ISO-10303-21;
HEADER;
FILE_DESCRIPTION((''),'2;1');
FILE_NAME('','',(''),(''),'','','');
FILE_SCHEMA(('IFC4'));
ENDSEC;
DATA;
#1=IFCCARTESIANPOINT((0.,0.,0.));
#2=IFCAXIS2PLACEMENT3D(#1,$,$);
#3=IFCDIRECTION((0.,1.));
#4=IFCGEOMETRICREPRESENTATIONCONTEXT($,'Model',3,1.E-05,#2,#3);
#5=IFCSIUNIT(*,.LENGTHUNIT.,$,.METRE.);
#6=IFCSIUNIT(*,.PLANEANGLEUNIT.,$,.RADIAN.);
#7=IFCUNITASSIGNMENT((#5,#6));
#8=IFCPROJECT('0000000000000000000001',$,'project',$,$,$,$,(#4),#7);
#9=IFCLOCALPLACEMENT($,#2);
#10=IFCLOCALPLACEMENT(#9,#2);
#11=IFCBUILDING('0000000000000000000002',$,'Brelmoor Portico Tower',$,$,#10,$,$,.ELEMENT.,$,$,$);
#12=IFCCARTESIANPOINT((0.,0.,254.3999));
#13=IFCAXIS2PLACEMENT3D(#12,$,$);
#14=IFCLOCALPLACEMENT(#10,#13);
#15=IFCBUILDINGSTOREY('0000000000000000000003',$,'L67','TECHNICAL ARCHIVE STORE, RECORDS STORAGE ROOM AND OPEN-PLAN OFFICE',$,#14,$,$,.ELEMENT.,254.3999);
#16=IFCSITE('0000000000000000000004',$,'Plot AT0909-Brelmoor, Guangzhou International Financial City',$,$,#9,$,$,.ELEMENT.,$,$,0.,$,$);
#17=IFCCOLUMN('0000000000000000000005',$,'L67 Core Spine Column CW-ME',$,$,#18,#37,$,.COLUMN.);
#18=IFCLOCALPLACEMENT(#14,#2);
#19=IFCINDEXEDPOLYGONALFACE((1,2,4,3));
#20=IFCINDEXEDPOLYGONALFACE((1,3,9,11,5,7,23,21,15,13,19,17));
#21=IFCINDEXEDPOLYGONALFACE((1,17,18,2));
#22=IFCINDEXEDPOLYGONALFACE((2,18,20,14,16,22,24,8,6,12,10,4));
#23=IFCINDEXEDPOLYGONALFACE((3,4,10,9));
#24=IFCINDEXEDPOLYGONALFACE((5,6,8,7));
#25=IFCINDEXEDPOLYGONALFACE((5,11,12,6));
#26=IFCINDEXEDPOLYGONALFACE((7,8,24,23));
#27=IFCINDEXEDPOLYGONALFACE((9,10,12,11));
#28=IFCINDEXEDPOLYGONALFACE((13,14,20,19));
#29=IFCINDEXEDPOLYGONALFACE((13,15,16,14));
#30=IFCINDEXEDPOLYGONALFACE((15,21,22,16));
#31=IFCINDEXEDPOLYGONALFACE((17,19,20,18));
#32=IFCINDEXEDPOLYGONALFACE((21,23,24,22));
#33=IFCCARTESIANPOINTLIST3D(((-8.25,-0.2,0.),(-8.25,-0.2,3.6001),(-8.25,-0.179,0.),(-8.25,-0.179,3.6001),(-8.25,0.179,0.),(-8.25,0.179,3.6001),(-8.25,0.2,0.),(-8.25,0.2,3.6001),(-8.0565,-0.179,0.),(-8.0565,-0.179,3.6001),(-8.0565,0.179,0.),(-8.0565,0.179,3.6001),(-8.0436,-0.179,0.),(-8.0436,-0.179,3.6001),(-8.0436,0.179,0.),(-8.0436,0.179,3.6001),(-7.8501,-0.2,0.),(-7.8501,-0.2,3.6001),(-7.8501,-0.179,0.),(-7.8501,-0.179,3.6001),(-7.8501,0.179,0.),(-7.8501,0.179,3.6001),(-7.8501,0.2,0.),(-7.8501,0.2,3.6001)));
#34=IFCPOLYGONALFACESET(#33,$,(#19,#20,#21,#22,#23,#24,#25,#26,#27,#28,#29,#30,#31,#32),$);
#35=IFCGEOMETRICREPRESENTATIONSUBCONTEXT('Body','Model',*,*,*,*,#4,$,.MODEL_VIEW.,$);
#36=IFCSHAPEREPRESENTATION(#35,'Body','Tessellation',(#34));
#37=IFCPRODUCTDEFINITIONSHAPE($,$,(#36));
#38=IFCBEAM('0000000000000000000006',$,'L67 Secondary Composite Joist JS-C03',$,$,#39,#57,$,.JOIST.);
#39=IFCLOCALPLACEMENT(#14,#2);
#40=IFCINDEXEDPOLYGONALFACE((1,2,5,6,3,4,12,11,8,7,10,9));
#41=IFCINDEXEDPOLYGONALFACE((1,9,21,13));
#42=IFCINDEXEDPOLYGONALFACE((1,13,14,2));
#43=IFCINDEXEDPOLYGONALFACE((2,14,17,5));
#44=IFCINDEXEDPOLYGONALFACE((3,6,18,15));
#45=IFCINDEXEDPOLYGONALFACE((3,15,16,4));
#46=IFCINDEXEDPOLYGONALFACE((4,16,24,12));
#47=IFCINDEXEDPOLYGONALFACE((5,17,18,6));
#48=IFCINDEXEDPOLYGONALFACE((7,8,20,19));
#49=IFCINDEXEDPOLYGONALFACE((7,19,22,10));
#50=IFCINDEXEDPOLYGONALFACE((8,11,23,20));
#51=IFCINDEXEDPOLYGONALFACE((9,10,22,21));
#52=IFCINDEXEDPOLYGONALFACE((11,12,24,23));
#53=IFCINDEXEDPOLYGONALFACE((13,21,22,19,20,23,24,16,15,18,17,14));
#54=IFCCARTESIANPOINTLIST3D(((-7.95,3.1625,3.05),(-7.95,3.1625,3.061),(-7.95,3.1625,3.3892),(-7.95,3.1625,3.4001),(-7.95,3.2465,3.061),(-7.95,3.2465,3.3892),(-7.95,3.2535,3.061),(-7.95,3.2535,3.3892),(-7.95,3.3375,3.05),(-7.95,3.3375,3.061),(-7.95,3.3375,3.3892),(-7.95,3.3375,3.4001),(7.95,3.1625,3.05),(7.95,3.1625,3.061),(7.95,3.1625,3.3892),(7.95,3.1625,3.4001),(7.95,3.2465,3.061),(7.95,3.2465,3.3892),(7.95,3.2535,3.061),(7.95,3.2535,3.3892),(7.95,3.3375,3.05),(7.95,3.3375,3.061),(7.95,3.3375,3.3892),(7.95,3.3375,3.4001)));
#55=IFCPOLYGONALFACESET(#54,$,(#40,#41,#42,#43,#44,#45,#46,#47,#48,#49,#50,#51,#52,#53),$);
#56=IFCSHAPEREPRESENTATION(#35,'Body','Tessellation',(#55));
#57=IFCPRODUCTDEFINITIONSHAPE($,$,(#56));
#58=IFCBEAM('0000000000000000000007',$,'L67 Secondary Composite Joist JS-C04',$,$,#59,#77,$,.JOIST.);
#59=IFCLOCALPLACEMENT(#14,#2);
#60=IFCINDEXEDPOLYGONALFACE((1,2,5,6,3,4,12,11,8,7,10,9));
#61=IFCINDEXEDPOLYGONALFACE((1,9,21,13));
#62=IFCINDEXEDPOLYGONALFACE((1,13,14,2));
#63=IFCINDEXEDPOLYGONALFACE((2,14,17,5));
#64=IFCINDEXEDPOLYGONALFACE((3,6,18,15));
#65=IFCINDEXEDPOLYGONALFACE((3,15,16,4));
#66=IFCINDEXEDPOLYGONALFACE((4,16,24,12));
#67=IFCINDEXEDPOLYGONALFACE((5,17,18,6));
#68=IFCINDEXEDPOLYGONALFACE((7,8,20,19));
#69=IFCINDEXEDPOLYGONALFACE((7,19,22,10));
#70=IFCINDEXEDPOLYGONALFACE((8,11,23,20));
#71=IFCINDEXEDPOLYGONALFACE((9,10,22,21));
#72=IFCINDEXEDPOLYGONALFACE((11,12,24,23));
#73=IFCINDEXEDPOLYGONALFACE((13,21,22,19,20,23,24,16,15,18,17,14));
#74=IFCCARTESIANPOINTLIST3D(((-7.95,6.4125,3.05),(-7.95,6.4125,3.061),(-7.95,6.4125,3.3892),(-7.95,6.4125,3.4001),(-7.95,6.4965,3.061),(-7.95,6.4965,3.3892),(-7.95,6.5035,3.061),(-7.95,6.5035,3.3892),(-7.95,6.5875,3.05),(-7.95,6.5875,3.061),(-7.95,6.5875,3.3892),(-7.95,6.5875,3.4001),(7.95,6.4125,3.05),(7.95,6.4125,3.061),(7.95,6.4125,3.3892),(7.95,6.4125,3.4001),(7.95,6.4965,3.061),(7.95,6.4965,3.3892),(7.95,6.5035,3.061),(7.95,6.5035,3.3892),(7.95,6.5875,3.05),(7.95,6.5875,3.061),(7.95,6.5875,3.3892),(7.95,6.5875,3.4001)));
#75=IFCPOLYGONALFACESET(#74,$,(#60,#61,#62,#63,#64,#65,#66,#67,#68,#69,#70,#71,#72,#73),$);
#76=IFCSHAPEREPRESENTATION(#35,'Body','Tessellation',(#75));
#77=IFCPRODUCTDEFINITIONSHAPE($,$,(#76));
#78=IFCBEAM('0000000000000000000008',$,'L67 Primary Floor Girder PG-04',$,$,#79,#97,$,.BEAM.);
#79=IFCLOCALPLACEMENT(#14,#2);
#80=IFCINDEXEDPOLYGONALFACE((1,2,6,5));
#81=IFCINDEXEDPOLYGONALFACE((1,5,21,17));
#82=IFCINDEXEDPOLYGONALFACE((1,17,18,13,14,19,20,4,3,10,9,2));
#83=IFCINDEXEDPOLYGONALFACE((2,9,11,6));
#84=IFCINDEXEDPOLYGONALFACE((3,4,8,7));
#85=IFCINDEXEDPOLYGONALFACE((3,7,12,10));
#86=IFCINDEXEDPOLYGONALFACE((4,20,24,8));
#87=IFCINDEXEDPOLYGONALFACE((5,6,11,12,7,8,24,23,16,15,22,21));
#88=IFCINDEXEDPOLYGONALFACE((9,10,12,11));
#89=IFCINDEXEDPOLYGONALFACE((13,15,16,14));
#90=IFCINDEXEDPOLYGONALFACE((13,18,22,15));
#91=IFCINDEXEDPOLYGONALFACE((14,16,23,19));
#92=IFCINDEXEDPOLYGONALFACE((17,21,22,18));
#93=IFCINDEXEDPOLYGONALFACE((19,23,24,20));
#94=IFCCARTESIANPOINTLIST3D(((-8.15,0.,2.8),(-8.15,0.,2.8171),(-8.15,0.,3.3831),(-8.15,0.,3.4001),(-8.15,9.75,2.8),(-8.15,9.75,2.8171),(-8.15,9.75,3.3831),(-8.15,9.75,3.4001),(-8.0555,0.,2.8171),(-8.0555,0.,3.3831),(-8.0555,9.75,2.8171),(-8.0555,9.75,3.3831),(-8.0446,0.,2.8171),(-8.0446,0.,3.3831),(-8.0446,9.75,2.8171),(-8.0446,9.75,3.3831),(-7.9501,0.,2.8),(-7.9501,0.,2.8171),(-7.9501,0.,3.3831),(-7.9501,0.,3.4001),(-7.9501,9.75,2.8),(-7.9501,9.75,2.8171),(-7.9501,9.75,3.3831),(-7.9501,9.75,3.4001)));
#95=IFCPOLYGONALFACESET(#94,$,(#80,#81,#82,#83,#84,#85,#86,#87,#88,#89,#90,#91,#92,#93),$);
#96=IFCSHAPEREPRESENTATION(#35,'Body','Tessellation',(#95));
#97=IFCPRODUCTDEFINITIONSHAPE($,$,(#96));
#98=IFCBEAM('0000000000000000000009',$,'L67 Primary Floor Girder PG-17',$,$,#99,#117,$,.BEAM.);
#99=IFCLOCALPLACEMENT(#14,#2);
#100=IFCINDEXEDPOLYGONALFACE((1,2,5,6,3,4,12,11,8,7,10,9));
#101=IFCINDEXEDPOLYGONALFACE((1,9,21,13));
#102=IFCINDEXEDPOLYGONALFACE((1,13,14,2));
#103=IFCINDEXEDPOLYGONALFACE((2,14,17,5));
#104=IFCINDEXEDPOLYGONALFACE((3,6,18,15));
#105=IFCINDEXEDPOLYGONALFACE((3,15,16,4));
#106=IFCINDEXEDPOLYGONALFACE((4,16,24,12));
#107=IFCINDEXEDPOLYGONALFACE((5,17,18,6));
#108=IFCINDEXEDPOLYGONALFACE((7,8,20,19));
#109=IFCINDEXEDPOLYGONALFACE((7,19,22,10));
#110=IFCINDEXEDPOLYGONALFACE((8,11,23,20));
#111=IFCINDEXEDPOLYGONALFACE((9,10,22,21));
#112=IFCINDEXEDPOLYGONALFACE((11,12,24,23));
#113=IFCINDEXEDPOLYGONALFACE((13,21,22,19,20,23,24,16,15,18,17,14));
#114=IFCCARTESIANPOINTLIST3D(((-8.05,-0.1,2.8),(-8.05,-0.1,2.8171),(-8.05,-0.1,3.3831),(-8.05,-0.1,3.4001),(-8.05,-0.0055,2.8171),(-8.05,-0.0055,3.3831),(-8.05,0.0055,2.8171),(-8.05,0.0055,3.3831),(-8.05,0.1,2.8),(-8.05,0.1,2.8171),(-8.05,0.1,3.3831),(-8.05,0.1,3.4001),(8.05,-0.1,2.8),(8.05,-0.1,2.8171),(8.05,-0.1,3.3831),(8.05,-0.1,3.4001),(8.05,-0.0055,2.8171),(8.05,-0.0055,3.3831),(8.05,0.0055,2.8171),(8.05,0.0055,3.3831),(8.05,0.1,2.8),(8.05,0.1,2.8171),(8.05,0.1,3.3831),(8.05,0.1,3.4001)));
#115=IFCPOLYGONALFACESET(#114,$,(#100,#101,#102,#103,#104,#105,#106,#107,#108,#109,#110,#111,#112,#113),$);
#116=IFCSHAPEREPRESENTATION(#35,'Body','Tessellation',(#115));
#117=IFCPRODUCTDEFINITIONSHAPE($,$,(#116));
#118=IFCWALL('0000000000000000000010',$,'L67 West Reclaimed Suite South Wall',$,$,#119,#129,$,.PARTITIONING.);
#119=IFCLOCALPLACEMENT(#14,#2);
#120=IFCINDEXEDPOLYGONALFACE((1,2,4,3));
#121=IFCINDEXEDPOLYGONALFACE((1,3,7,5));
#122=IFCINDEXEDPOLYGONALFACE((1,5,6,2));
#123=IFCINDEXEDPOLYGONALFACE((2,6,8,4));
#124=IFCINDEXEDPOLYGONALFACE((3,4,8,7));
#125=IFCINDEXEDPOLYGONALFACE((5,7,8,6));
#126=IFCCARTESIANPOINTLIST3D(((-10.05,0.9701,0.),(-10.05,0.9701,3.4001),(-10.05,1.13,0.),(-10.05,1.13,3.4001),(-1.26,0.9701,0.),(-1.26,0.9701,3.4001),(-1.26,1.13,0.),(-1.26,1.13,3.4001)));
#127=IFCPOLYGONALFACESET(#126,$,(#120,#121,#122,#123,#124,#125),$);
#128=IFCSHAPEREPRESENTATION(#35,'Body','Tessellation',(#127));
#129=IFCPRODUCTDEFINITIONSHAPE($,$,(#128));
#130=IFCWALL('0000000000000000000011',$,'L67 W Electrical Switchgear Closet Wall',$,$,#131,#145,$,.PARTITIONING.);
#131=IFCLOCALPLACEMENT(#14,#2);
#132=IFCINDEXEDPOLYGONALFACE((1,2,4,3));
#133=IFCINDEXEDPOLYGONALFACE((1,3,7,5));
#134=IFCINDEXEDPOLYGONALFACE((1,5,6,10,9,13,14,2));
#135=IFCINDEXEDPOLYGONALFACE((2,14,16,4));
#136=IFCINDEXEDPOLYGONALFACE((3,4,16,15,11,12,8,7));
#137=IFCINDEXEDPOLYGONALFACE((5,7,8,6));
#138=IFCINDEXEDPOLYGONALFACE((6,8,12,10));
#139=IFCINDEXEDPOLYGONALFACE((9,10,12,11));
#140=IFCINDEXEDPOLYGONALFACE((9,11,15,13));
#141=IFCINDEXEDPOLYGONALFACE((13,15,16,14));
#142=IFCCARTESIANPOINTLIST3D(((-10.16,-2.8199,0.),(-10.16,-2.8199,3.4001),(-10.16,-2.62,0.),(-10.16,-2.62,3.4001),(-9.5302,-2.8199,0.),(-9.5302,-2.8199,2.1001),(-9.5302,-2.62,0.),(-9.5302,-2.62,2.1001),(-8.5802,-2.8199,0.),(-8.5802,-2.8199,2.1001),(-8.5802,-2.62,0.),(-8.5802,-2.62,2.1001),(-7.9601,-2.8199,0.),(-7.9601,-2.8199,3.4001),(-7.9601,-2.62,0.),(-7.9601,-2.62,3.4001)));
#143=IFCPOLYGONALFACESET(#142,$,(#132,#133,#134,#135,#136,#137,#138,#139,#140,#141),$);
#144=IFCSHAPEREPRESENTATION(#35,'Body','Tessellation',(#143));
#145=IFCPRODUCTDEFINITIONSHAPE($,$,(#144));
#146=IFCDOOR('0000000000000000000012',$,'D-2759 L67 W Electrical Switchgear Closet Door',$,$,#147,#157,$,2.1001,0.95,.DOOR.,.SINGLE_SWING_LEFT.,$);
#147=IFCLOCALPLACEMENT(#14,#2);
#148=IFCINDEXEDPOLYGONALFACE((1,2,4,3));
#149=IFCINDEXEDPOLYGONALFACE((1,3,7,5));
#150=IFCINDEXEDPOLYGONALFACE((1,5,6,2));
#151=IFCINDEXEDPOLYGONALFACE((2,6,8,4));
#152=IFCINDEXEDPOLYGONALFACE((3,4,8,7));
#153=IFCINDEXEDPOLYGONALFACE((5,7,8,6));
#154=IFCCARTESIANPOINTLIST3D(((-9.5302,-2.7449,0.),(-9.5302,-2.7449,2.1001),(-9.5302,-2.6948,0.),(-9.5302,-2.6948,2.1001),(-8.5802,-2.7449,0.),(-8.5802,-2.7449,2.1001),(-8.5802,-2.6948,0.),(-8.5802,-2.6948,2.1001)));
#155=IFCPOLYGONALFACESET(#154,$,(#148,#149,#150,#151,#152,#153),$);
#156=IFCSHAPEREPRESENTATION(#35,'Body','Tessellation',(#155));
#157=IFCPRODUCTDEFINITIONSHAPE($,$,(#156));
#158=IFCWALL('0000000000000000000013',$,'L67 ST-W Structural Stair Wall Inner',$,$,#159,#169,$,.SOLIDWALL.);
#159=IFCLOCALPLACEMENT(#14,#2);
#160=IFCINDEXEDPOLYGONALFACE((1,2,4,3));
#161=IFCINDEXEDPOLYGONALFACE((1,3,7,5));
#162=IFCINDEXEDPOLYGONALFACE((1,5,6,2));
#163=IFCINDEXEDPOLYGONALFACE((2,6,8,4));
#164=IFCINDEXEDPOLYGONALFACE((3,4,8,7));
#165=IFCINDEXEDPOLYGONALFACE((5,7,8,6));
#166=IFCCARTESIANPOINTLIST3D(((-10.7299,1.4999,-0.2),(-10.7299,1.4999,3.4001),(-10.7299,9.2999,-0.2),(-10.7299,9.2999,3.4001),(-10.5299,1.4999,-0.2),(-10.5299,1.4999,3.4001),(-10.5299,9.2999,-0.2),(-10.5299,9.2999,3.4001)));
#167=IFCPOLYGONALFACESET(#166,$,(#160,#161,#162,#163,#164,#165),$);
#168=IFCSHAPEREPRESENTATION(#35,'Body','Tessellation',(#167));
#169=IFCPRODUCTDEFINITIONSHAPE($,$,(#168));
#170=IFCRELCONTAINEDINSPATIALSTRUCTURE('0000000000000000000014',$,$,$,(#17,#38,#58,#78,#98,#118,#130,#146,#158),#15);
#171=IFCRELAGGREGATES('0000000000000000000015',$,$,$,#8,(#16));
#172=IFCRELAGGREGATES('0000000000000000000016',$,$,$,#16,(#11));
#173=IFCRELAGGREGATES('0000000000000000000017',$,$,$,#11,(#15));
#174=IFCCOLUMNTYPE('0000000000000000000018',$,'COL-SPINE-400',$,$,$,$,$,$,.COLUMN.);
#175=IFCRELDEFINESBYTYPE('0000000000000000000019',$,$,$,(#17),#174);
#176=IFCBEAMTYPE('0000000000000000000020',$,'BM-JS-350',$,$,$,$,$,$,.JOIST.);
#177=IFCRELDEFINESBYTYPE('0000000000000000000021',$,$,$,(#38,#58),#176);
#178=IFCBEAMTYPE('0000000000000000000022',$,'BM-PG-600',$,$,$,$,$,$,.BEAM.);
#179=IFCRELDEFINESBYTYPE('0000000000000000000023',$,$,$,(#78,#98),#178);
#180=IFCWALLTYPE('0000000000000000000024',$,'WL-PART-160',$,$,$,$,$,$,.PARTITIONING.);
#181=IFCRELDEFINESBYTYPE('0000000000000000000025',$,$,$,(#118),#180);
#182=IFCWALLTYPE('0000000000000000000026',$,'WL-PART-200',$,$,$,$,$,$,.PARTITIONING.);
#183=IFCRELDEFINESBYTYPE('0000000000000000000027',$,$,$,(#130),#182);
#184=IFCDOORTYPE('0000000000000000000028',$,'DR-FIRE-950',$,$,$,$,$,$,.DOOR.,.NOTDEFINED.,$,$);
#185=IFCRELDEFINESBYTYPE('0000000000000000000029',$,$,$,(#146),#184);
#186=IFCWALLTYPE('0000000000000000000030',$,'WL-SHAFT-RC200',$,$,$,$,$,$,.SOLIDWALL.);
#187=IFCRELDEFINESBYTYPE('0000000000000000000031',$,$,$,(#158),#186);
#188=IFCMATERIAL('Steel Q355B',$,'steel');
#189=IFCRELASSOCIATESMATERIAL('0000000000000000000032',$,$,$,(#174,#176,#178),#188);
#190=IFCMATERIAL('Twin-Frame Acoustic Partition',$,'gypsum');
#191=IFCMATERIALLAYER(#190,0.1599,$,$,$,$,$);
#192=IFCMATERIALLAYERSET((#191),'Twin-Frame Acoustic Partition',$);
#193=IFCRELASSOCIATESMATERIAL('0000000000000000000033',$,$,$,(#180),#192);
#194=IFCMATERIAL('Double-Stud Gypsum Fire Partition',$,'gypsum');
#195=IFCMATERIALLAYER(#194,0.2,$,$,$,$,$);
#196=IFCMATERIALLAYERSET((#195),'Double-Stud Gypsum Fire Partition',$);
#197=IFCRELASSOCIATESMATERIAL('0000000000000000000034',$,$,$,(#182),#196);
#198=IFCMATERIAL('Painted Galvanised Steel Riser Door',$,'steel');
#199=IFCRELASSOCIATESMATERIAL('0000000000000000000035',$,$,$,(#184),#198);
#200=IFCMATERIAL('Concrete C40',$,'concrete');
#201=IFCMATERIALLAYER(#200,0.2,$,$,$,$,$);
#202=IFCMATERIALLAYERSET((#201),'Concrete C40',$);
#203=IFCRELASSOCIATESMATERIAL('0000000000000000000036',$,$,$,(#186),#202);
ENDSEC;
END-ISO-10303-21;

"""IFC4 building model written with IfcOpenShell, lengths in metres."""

from ifc_helpers import new_model, si_unit, direction, frame, frame_2d, origin, origin_2d, place, context, subcontext, project, spatial, rectangle, i_section, extrude, material, layer, layer_set, material_profile, profile_set, type_object, element, fill, save


model = new_model("IFC4")

# Units and contexts
model_context = context("Model", 3, precision=1e-05, world=origin(), true_north=direction((0.0, 1.0)))
body_context = subcontext(model_context, "Body", "Model", "MODEL_VIEW")
ifc_project = project(units=[si_unit("LENGTHUNIT", "METRE"), si_unit("PLANEANGLEUNIT", "RADIAN")], contexts=[model_context])

# Site, building, storey
site_placement = place(None, origin())
site = spatial("IfcSite", under=ifc_project, at=site_placement, Name="Plot AT0909-Brelmoor, Guangzhou International Financial City", CompositionType="ELEMENT", RefElevation=0.0)
building_placement = place(site_placement, origin())
building = spatial("IfcBuilding", under=site, at=building_placement, Name="Brelmoor Portico Tower", CompositionType="ELEMENT")
storey_placement = place(building_placement, frame((0.0, 0.0, 254.3999)))
storey = spatial("IfcBuildingStorey", under=building, at=storey_placement, Name="L67", Description="TECHNICAL ARCHIVE STORE, RECORDS STORAGE ROOM AND OPEN-PLAN OFFICE", CompositionType="ELEMENT", Elevation=254.3999)

# Column
ifc_material_1 = material(Name="Steel Q355B", Category="steel")
ifc_material_profile_1 = material_profile(ifc_material_1, i_section(OverallWidth=0.3999, OverallDepth=0.3999, WebThickness=0.0129, FlangeThickness=0.021, at=origin_2d()), Name="HW 400x400x13x21")
ifc_profile_set_1 = profile_set([ifc_material_profile_1], Name="Steel Q355B")
column_type = type_object("IfcColumnType", Name="COL-SPINE-400", PredefinedType="COLUMN", material=ifc_profile_set_1)
column_placement = place(storey_placement, frame((-8.05, 0.0, 0.0), z_axis=(0.0, 0.0, 1.0), x_axis=(1.0, 0.0, 0.0)))
element("IfcColumn", 1, at=column_placement, inside=storey, type_object=column_type, Name="L67 Core Spine Column CW-ME", PredefinedType="COLUMN", context=body_context, shape_type="SweptSolid", body=[
    extrude(i_section(OverallWidth=0.3999, OverallDepth=0.3999, WebThickness=0.0129, FlangeThickness=0.021, at=origin_2d()), origin(), (0.0, 0.0, 1.0), 3.6001),
])

# Beams
ifc_material_profile_2 = material_profile(ifc_material_1, i_section(OverallWidth=0.175, OverallDepth=0.3501, WebThickness=0.0071, FlangeThickness=0.011, at=origin_2d()), Name="HN 350x175x7x11")
ifc_profile_set_2 = profile_set([ifc_material_profile_2], Name="Steel Q355B")
beam_type_1 = type_object("IfcBeamType", Name="BM-JS-350", PredefinedType="JOIST", material=ifc_profile_set_2)
for number, where, z_axis, x_axis, name in (
    (2, (-7.95, 3.25, 3.2251), (1.0, 0.0, 0.0), (0.0, 1.0, 0.0), "L67 Secondary Composite Joist JS-C03"),
    (3, (-7.95, 6.5, 3.2251), (1.0, 0.0, 0.0), (0.0, 1.0, 0.0), "L67 Secondary Composite Joist JS-C04"),
):
    element("IfcBeam", number, at=place(storey_placement, frame(where, z_axis=z_axis, x_axis=x_axis)), inside=storey, type_object=beam_type_1, Name=name, PredefinedType="JOIST", context=body_context, shape_type="SweptSolid", body=[
        extrude(i_section(OverallWidth=0.175, OverallDepth=0.3501, WebThickness=0.0071, FlangeThickness=0.011, at=origin_2d()), origin(), (0.0, 0.0, 1.0), 15.8999),
    ])
ifc_material_profile_3 = material_profile(ifc_material_1, i_section(OverallWidth=0.2, OverallDepth=0.6001, WebThickness=0.011, FlangeThickness=0.0171, at=origin_2d()), Name="HN 600x200x11x17")
ifc_profile_set_3 = profile_set([ifc_material_profile_3], Name="Steel Q355B")
beam_type_2 = type_object("IfcBeamType", Name="BM-PG-600", PredefinedType="BEAM", material=ifc_profile_set_3)
beam_1_placement = place(storey_placement, frame((-8.05, 0.0, 3.1001), z_axis=(0.0, 1.0, 0.0), x_axis=(-1.0, 0.0, 0.0)))
element("IfcBeam", 4, at=beam_1_placement, inside=storey, type_object=beam_type_2, Name="L67 Primary Floor Girder PG-04", PredefinedType="BEAM", context=body_context, shape_type="SweptSolid", body=[
    extrude(i_section(OverallWidth=0.2, OverallDepth=0.6001, WebThickness=0.011, FlangeThickness=0.0171, at=origin_2d()), origin(), (0.0, 0.0, 1.0), 9.75),
])
beam_2_placement = place(storey_placement, frame((-8.05, 0.0, 3.1001), z_axis=(1.0, 0.0, 0.0), x_axis=(0.0, 1.0, 0.0)))
element("IfcBeam", 5, at=beam_2_placement, inside=storey, type_object=beam_type_2, Name="L67 Primary Floor Girder PG-17", PredefinedType="BEAM", context=body_context, shape_type="SweptSolid", body=[
    extrude(i_section(OverallWidth=0.2, OverallDepth=0.6001, WebThickness=0.011, FlangeThickness=0.0171, at=origin_2d()), origin(), (0.0, 0.0, 1.0), 16.1001),
])

# Wall
ifc_material_2 = material(Name="Twin-Frame Acoustic Partition", Category="gypsum")
ifc_layer_1 = layer(ifc_material_2, 0.1599)
ifc_layer_set_1 = layer_set([ifc_layer_1], Name="Twin-Frame Acoustic Partition")
wall_type_1 = type_object("IfcWallType", Name="WL-PART-160", PredefinedType="PARTITIONING", material=ifc_layer_set_1)
wall_1_placement = place(storey_placement, frame((-10.05, 1.05, 0.0), z_axis=(0.0, 0.0, 1.0), x_axis=(1.0, 0.0, 0.0)))
element("IfcWall", 6, at=wall_1_placement, inside=storey, type_object=wall_type_1, Name="L67 West Reclaimed Suite South Wall", PredefinedType="PARTITIONING", context=body_context, shape_type="SweptSolid", body=[
    extrude(rectangle(XDim=8.79, YDim=0.1599, at=frame_2d((4.395, 0.0))), origin(), (0.0, 0.0, 1.0), 3.4001),
])

# Wall, opening, door
ifc_material_3 = material(Name="Double-Stud Gypsum Fire Partition", Category="gypsum")
ifc_layer_2 = layer(ifc_material_3, 0.2)
ifc_layer_set_2 = layer_set([ifc_layer_2], Name="Double-Stud Gypsum Fire Partition")
wall_type_2 = type_object("IfcWallType", Name="WL-PART-200", PredefinedType="PARTITIONING", material=ifc_layer_set_2)
wall_2_placement = place(storey_placement, frame((-7.96, -2.72, 0.0), z_axis=(0.0, 0.0, 1.0), x_axis=(-1.0, 0.0, 0.0)))
wall_2 = element("IfcWall", 7, at=wall_2_placement, inside=storey, type_object=wall_type_2, Name="L67 W Electrical Switchgear Closet Wall", PredefinedType="PARTITIONING", context=body_context, shape_type="SweptSolid", body=[
    extrude(rectangle(XDim=2.2, YDim=0.2, at=frame_2d((1.1001, 0.0))), origin(), (0.0, 0.0, 1.0), 3.4001),
])
opening_1_placement = place(wall_2_placement, frame((0.6201, 0.0, 0.0)))
opening_1 = element("IfcOpeningElement", 8, at=opening_1_placement, cuts=wall_2, PredefinedType="OPENING", context=body_context, shape_type="SweptSolid", body=[
    extrude(rectangle(XDim=0.95, YDim=2.1001, at=frame_2d((0.4751, 1.05))), frame((0.0, 0.1099, 0.0), z_axis=(0.0, -1.0, 0.0), x_axis=(1.0, 0.0, 0.0)), (0.0, 0.0, 1.0), 0.22),
])
ifc_material_4 = material(Name="Painted Galvanised Steel Riser Door", Category="steel")
door_type_1 = type_object("IfcDoorType", Name="DR-FIRE-950", OperationType="NOTDEFINED", PredefinedType="DOOR", material=ifc_material_4)
door_1_placement = place(opening_1_placement, origin())
door_1 = element("IfcDoor", 9, at=door_1_placement, inside=storey, type_object=door_type_1, Name="D-2759 L67 W Electrical Switchgear Closet Door", OperationType="SINGLE_SWING_LEFT", OverallHeight=2.1001, OverallWidth=0.95, PredefinedType="DOOR", context=body_context, shape_type="SweptSolid", body=[
    extrude(rectangle(XDim=0.95, YDim=2.1001, at=frame_2d((0.4751, 1.05))), frame((0.0, 0.0249, 0.0), z_axis=(0.0, -1.0, 0.0), x_axis=(1.0, 0.0, 0.0)), (0.0, 0.0, 1.0), 0.05),
])
fill(opening_1, door_1)

# Wall
ifc_material_5 = material(Name="Concrete C40", Category="concrete")
ifc_layer_3 = layer(ifc_material_5, 0.2)
ifc_layer_set_3 = layer_set([ifc_layer_3], Name="Concrete C40")
wall_type_3 = type_object("IfcWallType", Name="WL-SHAFT-RC200", PredefinedType="SOLIDWALL", material=ifc_layer_set_3)
wall_3_placement = place(storey_placement, frame((-10.6299, 1.5, -0.2), z_axis=(0.0, 0.0, 1.0), x_axis=(0.0, 1.0, 0.0)))
element("IfcWall", 10, at=wall_3_placement, inside=storey, type_object=wall_type_3, Name="L67 ST-W Structural Stair Wall Inner", PredefinedType="SOLIDWALL", context=body_context, shape_type="SweptSolid", body=[
    extrude(rectangle(XDim=7.8, YDim=0.2, at=frame_2d((3.8999, 0.0))), origin(), (0.0, 0.0, 1.0), 3.6001),
])

save(model, "model.ifc")
